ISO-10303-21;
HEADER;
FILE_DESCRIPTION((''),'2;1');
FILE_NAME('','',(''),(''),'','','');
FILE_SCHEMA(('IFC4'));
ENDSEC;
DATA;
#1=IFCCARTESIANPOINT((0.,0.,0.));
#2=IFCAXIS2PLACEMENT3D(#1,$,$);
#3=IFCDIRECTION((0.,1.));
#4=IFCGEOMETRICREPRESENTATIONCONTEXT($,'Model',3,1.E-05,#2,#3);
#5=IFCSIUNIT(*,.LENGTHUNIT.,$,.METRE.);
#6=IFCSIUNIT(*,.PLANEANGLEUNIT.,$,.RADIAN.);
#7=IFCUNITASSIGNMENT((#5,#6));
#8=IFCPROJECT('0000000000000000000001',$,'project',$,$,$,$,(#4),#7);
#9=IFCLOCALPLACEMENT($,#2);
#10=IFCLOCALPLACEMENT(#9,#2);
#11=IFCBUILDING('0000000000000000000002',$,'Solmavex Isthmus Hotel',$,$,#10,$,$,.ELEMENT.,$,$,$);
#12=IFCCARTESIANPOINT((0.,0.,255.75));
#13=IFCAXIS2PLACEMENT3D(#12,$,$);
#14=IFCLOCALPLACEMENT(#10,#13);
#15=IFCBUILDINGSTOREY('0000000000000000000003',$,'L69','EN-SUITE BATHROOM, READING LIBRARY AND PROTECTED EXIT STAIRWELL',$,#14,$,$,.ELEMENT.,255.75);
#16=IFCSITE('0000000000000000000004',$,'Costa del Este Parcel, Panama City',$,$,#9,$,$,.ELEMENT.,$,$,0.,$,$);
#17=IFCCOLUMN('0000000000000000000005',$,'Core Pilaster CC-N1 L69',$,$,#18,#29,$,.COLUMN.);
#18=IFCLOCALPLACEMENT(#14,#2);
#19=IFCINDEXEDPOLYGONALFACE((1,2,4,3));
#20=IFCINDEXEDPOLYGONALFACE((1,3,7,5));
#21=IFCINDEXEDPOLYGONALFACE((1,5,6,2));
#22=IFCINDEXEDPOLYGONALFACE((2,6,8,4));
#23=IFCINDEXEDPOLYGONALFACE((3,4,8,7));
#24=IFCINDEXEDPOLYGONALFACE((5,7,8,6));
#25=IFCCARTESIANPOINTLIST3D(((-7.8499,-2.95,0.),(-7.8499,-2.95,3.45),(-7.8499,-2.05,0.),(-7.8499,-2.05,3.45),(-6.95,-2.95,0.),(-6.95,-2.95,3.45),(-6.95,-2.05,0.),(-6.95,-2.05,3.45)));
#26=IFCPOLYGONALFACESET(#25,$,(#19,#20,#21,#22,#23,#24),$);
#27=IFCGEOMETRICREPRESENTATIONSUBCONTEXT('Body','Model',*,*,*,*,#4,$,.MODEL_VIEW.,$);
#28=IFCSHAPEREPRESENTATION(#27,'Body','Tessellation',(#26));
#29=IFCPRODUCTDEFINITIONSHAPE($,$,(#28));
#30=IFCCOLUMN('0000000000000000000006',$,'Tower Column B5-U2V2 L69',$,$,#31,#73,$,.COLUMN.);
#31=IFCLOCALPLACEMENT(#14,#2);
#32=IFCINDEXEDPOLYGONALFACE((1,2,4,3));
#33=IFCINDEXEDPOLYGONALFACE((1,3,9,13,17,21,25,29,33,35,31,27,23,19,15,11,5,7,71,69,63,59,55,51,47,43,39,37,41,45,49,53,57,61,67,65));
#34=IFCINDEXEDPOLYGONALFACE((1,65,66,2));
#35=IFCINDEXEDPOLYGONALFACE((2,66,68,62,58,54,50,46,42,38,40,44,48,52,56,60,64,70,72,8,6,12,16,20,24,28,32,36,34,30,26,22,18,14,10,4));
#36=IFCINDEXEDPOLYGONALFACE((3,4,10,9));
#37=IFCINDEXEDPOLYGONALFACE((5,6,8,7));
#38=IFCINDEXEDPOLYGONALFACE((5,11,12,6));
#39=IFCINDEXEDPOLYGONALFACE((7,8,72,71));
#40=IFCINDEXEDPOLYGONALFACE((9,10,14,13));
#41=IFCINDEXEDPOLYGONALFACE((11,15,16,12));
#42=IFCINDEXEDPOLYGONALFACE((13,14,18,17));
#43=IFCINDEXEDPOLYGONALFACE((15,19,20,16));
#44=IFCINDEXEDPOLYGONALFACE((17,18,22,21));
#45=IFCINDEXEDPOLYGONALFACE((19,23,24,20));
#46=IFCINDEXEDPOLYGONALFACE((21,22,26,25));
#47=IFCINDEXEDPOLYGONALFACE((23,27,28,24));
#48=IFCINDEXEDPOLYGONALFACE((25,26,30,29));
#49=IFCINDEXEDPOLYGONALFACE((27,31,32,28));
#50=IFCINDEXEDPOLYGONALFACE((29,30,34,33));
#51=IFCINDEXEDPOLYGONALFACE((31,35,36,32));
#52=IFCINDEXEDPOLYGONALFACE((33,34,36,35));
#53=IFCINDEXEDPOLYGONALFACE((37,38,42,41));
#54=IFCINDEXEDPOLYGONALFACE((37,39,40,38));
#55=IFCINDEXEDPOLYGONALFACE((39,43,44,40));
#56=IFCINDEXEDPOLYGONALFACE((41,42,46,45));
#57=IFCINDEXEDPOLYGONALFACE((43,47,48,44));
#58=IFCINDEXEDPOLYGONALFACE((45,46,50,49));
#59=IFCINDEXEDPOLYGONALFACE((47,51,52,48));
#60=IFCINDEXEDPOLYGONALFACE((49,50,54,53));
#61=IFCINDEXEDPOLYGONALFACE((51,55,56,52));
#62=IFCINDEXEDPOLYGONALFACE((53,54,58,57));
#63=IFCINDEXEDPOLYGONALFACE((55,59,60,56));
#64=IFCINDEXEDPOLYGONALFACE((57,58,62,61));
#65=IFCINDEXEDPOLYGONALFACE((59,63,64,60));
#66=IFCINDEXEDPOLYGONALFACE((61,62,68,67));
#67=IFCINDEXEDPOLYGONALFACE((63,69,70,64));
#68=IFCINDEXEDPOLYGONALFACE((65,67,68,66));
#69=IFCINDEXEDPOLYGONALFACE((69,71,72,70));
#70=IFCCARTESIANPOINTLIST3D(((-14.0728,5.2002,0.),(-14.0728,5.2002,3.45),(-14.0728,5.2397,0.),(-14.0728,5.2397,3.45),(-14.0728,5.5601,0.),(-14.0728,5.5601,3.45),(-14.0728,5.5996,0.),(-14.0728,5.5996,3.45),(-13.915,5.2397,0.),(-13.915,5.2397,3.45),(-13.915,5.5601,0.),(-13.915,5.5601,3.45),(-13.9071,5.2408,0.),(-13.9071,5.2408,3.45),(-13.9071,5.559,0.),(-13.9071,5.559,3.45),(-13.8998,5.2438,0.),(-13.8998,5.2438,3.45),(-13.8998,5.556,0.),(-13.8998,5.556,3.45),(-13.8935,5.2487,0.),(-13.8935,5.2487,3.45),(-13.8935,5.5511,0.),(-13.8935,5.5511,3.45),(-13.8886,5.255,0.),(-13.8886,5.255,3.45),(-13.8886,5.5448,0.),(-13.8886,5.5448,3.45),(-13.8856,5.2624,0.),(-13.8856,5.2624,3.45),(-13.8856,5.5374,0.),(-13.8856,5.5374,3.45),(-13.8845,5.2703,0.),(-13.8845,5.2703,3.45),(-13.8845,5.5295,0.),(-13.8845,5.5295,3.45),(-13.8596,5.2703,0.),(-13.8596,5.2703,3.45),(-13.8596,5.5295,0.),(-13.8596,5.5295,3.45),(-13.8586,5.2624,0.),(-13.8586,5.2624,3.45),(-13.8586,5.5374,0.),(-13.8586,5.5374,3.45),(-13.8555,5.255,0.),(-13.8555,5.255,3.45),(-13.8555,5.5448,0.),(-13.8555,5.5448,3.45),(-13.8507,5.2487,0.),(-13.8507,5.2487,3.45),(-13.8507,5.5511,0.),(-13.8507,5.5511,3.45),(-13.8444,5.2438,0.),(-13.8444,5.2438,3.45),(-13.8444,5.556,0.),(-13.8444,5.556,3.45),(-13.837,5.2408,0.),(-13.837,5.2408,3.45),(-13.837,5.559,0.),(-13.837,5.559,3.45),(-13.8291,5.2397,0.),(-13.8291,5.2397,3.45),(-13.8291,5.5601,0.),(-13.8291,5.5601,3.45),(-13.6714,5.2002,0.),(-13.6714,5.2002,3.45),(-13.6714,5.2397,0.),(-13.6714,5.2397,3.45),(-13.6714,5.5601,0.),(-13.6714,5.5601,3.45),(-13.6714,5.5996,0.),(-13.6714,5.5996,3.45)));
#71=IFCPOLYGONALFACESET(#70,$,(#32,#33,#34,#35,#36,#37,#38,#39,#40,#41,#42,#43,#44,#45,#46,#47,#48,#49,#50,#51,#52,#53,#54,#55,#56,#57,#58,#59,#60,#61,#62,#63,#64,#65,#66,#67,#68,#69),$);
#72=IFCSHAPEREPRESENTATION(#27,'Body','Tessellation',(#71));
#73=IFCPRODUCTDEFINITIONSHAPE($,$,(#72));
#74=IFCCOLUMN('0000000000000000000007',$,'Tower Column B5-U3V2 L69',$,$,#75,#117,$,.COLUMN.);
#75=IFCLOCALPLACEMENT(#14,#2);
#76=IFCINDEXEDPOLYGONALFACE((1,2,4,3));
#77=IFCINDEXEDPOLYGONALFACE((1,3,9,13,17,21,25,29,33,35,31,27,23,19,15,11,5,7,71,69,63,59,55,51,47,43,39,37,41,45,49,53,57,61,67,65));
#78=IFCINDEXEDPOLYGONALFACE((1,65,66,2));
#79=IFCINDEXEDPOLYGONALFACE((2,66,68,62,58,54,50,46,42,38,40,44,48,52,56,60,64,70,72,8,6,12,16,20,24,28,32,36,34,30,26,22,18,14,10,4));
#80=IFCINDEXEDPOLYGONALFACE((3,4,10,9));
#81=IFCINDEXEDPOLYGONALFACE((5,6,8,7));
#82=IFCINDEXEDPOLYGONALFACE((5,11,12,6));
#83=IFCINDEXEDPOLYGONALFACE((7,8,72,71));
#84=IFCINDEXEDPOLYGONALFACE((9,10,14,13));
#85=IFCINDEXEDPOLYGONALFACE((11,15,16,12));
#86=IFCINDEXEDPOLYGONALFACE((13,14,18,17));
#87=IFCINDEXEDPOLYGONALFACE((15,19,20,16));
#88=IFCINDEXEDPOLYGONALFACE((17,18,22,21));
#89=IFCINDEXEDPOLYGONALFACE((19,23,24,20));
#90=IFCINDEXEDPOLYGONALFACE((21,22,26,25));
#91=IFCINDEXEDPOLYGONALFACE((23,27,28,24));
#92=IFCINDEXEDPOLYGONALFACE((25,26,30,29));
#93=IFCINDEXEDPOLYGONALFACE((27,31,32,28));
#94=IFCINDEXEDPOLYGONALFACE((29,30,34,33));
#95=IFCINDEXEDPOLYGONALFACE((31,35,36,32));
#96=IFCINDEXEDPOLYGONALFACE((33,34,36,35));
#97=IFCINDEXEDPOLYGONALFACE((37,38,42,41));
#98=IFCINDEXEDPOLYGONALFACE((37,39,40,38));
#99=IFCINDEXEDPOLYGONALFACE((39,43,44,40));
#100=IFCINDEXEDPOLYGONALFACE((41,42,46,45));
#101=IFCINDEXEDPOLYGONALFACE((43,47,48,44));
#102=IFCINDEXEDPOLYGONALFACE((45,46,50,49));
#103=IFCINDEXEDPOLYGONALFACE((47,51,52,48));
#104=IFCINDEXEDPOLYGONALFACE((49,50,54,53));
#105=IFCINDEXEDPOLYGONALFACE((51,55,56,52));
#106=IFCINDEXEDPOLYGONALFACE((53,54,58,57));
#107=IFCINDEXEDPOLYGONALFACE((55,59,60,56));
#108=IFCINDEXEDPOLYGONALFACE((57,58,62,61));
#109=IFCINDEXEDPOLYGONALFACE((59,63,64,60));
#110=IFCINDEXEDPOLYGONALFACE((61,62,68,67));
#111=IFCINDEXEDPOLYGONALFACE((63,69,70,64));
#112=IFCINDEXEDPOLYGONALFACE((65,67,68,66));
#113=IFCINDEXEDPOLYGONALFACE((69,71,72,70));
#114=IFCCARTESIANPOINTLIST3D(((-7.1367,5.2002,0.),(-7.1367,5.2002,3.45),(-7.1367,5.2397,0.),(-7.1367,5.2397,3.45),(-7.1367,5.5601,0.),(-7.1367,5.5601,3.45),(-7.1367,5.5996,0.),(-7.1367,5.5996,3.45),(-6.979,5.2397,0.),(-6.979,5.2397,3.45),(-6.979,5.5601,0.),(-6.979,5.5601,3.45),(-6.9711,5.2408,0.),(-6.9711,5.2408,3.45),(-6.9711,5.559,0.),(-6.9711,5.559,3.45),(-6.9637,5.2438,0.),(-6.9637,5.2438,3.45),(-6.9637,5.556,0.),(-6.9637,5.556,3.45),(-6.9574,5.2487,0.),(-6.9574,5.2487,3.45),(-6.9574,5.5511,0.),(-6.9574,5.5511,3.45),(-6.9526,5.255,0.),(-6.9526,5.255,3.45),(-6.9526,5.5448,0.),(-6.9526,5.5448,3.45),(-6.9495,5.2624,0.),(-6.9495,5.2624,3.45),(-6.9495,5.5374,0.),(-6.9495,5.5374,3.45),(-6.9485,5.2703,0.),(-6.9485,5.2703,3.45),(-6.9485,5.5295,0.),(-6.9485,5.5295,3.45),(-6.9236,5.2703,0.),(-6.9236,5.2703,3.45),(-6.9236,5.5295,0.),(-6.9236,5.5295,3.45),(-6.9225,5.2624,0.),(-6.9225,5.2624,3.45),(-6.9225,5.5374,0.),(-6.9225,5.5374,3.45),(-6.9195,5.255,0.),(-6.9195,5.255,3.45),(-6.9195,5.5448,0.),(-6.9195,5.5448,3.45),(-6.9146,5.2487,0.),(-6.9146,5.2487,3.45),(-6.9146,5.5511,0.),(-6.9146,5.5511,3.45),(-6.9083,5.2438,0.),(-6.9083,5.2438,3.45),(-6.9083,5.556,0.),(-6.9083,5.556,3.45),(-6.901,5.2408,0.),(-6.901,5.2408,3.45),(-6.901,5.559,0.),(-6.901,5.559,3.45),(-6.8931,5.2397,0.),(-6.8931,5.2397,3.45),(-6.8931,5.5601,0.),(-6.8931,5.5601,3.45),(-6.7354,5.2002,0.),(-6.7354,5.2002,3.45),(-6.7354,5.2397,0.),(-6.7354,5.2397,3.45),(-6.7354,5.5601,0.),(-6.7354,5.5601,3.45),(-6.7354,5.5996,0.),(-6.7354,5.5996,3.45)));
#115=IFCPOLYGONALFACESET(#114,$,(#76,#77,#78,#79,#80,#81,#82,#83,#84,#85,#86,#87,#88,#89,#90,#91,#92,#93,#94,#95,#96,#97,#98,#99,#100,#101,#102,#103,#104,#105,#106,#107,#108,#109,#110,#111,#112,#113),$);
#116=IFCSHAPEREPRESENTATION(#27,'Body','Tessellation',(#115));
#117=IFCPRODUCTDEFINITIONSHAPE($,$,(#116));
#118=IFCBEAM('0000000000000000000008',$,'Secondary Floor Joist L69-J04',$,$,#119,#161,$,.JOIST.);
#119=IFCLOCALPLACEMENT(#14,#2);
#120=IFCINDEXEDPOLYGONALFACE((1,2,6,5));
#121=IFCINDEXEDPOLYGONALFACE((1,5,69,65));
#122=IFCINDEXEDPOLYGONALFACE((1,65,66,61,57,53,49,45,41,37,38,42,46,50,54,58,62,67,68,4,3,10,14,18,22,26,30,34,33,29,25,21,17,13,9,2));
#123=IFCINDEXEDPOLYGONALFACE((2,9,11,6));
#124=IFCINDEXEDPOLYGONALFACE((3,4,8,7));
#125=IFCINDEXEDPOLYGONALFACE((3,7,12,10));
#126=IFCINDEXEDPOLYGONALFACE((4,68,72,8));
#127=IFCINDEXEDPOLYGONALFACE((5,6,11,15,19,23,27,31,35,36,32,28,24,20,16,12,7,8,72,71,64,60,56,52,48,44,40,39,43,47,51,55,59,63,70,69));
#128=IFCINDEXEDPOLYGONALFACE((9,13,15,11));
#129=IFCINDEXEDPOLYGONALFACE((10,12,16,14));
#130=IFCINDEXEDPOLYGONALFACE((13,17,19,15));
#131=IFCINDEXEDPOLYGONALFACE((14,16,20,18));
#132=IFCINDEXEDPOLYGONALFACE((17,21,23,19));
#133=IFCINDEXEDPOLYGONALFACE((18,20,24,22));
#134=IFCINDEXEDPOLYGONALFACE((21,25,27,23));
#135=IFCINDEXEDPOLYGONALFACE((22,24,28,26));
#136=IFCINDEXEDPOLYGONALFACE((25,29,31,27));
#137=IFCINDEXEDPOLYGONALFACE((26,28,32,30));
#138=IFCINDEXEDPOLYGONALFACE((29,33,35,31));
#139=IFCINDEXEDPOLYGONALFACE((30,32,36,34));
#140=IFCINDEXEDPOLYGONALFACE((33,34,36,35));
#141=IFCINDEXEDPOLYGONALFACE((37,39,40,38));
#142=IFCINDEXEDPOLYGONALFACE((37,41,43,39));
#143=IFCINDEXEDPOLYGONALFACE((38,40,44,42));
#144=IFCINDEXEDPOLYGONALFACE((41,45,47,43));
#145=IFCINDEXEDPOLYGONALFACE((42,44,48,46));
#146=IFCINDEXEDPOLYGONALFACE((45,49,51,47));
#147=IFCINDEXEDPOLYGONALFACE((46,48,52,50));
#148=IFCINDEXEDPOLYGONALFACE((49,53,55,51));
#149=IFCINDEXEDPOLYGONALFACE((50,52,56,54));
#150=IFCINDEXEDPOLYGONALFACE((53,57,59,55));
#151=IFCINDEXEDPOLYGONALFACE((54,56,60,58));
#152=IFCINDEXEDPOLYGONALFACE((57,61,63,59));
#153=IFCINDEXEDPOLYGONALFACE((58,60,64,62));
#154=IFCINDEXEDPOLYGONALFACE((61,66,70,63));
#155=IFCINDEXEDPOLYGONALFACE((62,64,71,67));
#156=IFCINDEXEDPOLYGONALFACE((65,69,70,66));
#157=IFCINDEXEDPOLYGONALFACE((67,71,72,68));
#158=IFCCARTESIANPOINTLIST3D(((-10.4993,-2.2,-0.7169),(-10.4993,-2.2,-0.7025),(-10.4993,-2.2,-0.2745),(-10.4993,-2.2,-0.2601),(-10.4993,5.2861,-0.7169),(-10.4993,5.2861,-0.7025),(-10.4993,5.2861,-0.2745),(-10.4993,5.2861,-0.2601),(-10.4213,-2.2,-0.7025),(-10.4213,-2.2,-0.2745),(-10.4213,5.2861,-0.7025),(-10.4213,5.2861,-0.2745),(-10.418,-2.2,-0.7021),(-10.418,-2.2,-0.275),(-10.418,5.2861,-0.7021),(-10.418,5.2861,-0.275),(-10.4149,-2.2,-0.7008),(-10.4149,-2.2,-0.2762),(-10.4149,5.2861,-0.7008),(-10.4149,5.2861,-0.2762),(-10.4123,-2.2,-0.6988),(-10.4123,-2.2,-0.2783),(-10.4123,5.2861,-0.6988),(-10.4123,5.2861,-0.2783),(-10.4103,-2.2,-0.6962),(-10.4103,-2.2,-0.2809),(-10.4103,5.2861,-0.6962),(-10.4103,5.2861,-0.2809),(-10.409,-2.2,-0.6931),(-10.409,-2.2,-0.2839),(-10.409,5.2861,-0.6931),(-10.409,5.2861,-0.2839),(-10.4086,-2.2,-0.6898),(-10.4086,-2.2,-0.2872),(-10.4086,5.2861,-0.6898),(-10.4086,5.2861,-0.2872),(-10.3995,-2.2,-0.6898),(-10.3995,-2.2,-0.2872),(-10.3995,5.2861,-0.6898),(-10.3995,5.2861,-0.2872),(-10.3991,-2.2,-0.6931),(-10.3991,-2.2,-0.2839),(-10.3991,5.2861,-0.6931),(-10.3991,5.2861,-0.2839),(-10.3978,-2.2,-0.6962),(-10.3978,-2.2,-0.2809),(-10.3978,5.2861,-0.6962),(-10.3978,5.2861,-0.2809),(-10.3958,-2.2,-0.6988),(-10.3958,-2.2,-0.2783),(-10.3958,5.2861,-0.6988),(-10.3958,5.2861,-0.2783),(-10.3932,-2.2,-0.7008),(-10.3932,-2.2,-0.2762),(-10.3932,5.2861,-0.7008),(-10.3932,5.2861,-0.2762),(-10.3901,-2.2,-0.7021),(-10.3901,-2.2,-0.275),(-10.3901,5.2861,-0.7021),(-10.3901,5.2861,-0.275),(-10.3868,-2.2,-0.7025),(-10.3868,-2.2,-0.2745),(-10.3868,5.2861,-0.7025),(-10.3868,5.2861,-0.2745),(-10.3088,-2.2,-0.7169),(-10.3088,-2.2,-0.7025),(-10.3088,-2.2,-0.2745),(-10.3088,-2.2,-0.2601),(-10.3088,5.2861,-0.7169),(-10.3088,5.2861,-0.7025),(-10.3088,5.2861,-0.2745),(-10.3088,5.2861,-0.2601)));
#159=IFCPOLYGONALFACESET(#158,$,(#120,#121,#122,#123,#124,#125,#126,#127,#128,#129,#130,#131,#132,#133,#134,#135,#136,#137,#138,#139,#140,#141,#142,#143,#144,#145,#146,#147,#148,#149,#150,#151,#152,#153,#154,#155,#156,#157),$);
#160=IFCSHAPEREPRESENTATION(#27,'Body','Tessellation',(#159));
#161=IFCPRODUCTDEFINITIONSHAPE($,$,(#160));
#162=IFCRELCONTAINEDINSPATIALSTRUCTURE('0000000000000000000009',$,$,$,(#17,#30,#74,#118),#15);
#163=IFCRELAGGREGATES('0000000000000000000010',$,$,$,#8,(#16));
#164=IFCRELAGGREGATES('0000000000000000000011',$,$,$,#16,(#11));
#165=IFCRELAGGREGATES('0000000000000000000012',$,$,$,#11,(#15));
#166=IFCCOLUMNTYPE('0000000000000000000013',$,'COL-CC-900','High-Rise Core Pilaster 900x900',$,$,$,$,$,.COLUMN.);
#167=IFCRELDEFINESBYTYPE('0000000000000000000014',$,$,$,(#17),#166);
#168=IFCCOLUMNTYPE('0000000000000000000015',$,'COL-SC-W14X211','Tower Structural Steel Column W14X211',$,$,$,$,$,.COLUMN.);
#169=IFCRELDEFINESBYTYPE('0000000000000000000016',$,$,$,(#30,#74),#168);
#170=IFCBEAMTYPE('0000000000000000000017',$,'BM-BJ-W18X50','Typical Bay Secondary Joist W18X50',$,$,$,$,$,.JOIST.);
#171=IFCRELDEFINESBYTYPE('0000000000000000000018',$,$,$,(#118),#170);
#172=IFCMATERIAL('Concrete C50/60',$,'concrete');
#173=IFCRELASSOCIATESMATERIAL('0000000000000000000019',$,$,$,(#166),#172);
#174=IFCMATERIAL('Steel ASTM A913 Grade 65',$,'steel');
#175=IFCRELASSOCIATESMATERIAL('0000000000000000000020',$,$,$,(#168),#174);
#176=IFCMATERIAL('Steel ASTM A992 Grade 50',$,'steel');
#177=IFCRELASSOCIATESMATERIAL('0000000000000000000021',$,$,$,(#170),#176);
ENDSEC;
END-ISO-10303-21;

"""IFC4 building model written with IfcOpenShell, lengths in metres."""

from ifc_helpers import new_model, si_unit, direction, frame, origin, origin_2d, place, context, subcontext, project, spatial, rectangle, i_section, extrude, material, material_profile, profile_set, type_object, element, save


model = new_model("IFC4")

# Units and contexts
model_context = context("Model", 3, precision=1e-05, world=origin(), true_north=direction((0.0, 1.0)))
body_context = subcontext(model_context, "Body", "Model", "MODEL_VIEW")
ifc_project = project(units=[si_unit("LENGTHUNIT", "METRE"), si_unit("PLANEANGLEUNIT", "RADIAN")], contexts=[model_context])

# Site, building, storey
site_placement = place(None, origin())
site = spatial("IfcSite", under=ifc_project, at=site_placement, Name="Costa del Este Parcel, Panama City", CompositionType="ELEMENT", RefElevation=0.0)
building_placement = place(site_placement, origin())
building = spatial("IfcBuilding", under=site, at=building_placement, Name="Solmavex Isthmus Hotel", CompositionType="ELEMENT")
storey_placement = place(building_placement, frame((0.0, 0.0, 255.75)))
storey = spatial("IfcBuildingStorey", under=building, at=storey_placement, Name="L69", Description="EN-SUITE BATHROOM, READING LIBRARY AND PROTECTED EXIT STAIRWELL", CompositionType="ELEMENT", Elevation=255.75)

# Columns
ifc_material_1 = material(Name="Concrete C50/60", Category="concrete")
ifc_material_profile_1 = material_profile(ifc_material_1, rectangle(XDim=0.8999, YDim=0.8999, at=origin_2d()), Name="RC900X900")
ifc_profile_set_1 = profile_set([ifc_material_profile_1], Name="Concrete C50/60")
column_type_1 = type_object("IfcColumnType", Name="COL-CC-900", Description="High-Rise Core Pilaster 900x900", PredefinedType="COLUMN", material=ifc_profile_set_1)
column_placement = place(storey_placement, frame((-7.3999, -2.5, 0.0), z_axis=(0.0, 0.0, 1.0), x_axis=(1.0, 0.0, 0.0)))
element("IfcColumn", 1, at=column_placement, inside=storey, type_object=column_type_1, Name="Core Pilaster CC-N1 L69", PredefinedType="COLUMN", context=body_context, shape_type="SweptSolid", body=[
    extrude(rectangle(XDim=0.8999, YDim=0.8999, at=origin_2d()), origin(), (0.0, 0.0, 1.0), 3.45),
])
ifc_material_2 = material(Name="Steel ASTM A913 Grade 65", Category="steel")
ifc_material_profile_2 = material_profile(ifc_material_2, i_section(OverallWidth=0.4014, OverallDepth=0.3994, WebThickness=0.0249, FlangeThickness=0.0396, FilletRadius=0.0305, at=origin_2d()), Name="W14X211")
ifc_profile_set_2 = profile_set([ifc_material_profile_2], Name="Steel ASTM A913 Grade 65")
column_type_2 = type_object("IfcColumnType", Name="COL-SC-W14X211", Description="Tower Structural Steel Column W14X211", PredefinedType="COLUMN", material=ifc_profile_set_2)
for number, where, z_axis, x_axis, name in (
    (2, (-13.8721, 5.3999, 0.0), (0.0, 0.0, 1.0), (1.0, 0.0, 0.0), "Tower Column B5-U2V2 L69"),
    (3, (-6.936, 5.3999, 0.0), (0.0, 0.0, 1.0), (1.0, 0.0, 0.0), "Tower Column B5-U3V2 L69"),
):
    element("IfcColumn", number, at=place(storey_placement, frame(where, z_axis=z_axis, x_axis=x_axis)), inside=storey, type_object=column_type_2, Name=name, PredefinedType="COLUMN", context=body_context, shape_type="SweptSolid", body=[
        extrude(i_section(OverallWidth=0.4014, OverallDepth=0.3994, WebThickness=0.0249, FlangeThickness=0.0396, FilletRadius=0.0305, at=origin_2d()), origin(), (0.0, 0.0, 1.0), 3.45),
    ])

# Beam
ifc_material_3 = material(Name="Steel ASTM A992 Grade 50", Category="steel")
ifc_material_profile_3 = material_profile(ifc_material_3, i_section(OverallWidth=0.1904, OverallDepth=0.4568, WebThickness=0.009, FlangeThickness=0.0144, FilletRadius=0.0127, at=origin_2d()), Name="W18X50")
ifc_profile_set_3 = profile_set([ifc_material_profile_3], Name="Steel ASTM A992 Grade 50")
beam_type_1 = type_object("IfcBeamType", Name="BM-BJ-W18X50", Description="Typical Bay Secondary Joist W18X50", PredefinedType="JOIST", material=ifc_profile_set_3)
beam_1_placement = place(storey_placement, frame((-10.4041, -2.2, -0.4885), z_axis=(0.0, 1.0, 0.0), x_axis=(-1.0, 0.0, 0.0)))
element("IfcBeam", 4, at=beam_1_placement, inside=storey, type_object=beam_type_1, Name="Secondary Floor Joist L69-J04", PredefinedType="JOIST", context=body_context, shape_type="SweptSolid", body=[
    extrude(i_section(OverallWidth=0.1904, OverallDepth=0.4568, WebThickness=0.009, FlangeThickness=0.0144, FilletRadius=0.0127, at=origin_2d()), origin(), (0.0, 0.0, 1.0), 7.4861),
])

save(model, "model.ifc")
